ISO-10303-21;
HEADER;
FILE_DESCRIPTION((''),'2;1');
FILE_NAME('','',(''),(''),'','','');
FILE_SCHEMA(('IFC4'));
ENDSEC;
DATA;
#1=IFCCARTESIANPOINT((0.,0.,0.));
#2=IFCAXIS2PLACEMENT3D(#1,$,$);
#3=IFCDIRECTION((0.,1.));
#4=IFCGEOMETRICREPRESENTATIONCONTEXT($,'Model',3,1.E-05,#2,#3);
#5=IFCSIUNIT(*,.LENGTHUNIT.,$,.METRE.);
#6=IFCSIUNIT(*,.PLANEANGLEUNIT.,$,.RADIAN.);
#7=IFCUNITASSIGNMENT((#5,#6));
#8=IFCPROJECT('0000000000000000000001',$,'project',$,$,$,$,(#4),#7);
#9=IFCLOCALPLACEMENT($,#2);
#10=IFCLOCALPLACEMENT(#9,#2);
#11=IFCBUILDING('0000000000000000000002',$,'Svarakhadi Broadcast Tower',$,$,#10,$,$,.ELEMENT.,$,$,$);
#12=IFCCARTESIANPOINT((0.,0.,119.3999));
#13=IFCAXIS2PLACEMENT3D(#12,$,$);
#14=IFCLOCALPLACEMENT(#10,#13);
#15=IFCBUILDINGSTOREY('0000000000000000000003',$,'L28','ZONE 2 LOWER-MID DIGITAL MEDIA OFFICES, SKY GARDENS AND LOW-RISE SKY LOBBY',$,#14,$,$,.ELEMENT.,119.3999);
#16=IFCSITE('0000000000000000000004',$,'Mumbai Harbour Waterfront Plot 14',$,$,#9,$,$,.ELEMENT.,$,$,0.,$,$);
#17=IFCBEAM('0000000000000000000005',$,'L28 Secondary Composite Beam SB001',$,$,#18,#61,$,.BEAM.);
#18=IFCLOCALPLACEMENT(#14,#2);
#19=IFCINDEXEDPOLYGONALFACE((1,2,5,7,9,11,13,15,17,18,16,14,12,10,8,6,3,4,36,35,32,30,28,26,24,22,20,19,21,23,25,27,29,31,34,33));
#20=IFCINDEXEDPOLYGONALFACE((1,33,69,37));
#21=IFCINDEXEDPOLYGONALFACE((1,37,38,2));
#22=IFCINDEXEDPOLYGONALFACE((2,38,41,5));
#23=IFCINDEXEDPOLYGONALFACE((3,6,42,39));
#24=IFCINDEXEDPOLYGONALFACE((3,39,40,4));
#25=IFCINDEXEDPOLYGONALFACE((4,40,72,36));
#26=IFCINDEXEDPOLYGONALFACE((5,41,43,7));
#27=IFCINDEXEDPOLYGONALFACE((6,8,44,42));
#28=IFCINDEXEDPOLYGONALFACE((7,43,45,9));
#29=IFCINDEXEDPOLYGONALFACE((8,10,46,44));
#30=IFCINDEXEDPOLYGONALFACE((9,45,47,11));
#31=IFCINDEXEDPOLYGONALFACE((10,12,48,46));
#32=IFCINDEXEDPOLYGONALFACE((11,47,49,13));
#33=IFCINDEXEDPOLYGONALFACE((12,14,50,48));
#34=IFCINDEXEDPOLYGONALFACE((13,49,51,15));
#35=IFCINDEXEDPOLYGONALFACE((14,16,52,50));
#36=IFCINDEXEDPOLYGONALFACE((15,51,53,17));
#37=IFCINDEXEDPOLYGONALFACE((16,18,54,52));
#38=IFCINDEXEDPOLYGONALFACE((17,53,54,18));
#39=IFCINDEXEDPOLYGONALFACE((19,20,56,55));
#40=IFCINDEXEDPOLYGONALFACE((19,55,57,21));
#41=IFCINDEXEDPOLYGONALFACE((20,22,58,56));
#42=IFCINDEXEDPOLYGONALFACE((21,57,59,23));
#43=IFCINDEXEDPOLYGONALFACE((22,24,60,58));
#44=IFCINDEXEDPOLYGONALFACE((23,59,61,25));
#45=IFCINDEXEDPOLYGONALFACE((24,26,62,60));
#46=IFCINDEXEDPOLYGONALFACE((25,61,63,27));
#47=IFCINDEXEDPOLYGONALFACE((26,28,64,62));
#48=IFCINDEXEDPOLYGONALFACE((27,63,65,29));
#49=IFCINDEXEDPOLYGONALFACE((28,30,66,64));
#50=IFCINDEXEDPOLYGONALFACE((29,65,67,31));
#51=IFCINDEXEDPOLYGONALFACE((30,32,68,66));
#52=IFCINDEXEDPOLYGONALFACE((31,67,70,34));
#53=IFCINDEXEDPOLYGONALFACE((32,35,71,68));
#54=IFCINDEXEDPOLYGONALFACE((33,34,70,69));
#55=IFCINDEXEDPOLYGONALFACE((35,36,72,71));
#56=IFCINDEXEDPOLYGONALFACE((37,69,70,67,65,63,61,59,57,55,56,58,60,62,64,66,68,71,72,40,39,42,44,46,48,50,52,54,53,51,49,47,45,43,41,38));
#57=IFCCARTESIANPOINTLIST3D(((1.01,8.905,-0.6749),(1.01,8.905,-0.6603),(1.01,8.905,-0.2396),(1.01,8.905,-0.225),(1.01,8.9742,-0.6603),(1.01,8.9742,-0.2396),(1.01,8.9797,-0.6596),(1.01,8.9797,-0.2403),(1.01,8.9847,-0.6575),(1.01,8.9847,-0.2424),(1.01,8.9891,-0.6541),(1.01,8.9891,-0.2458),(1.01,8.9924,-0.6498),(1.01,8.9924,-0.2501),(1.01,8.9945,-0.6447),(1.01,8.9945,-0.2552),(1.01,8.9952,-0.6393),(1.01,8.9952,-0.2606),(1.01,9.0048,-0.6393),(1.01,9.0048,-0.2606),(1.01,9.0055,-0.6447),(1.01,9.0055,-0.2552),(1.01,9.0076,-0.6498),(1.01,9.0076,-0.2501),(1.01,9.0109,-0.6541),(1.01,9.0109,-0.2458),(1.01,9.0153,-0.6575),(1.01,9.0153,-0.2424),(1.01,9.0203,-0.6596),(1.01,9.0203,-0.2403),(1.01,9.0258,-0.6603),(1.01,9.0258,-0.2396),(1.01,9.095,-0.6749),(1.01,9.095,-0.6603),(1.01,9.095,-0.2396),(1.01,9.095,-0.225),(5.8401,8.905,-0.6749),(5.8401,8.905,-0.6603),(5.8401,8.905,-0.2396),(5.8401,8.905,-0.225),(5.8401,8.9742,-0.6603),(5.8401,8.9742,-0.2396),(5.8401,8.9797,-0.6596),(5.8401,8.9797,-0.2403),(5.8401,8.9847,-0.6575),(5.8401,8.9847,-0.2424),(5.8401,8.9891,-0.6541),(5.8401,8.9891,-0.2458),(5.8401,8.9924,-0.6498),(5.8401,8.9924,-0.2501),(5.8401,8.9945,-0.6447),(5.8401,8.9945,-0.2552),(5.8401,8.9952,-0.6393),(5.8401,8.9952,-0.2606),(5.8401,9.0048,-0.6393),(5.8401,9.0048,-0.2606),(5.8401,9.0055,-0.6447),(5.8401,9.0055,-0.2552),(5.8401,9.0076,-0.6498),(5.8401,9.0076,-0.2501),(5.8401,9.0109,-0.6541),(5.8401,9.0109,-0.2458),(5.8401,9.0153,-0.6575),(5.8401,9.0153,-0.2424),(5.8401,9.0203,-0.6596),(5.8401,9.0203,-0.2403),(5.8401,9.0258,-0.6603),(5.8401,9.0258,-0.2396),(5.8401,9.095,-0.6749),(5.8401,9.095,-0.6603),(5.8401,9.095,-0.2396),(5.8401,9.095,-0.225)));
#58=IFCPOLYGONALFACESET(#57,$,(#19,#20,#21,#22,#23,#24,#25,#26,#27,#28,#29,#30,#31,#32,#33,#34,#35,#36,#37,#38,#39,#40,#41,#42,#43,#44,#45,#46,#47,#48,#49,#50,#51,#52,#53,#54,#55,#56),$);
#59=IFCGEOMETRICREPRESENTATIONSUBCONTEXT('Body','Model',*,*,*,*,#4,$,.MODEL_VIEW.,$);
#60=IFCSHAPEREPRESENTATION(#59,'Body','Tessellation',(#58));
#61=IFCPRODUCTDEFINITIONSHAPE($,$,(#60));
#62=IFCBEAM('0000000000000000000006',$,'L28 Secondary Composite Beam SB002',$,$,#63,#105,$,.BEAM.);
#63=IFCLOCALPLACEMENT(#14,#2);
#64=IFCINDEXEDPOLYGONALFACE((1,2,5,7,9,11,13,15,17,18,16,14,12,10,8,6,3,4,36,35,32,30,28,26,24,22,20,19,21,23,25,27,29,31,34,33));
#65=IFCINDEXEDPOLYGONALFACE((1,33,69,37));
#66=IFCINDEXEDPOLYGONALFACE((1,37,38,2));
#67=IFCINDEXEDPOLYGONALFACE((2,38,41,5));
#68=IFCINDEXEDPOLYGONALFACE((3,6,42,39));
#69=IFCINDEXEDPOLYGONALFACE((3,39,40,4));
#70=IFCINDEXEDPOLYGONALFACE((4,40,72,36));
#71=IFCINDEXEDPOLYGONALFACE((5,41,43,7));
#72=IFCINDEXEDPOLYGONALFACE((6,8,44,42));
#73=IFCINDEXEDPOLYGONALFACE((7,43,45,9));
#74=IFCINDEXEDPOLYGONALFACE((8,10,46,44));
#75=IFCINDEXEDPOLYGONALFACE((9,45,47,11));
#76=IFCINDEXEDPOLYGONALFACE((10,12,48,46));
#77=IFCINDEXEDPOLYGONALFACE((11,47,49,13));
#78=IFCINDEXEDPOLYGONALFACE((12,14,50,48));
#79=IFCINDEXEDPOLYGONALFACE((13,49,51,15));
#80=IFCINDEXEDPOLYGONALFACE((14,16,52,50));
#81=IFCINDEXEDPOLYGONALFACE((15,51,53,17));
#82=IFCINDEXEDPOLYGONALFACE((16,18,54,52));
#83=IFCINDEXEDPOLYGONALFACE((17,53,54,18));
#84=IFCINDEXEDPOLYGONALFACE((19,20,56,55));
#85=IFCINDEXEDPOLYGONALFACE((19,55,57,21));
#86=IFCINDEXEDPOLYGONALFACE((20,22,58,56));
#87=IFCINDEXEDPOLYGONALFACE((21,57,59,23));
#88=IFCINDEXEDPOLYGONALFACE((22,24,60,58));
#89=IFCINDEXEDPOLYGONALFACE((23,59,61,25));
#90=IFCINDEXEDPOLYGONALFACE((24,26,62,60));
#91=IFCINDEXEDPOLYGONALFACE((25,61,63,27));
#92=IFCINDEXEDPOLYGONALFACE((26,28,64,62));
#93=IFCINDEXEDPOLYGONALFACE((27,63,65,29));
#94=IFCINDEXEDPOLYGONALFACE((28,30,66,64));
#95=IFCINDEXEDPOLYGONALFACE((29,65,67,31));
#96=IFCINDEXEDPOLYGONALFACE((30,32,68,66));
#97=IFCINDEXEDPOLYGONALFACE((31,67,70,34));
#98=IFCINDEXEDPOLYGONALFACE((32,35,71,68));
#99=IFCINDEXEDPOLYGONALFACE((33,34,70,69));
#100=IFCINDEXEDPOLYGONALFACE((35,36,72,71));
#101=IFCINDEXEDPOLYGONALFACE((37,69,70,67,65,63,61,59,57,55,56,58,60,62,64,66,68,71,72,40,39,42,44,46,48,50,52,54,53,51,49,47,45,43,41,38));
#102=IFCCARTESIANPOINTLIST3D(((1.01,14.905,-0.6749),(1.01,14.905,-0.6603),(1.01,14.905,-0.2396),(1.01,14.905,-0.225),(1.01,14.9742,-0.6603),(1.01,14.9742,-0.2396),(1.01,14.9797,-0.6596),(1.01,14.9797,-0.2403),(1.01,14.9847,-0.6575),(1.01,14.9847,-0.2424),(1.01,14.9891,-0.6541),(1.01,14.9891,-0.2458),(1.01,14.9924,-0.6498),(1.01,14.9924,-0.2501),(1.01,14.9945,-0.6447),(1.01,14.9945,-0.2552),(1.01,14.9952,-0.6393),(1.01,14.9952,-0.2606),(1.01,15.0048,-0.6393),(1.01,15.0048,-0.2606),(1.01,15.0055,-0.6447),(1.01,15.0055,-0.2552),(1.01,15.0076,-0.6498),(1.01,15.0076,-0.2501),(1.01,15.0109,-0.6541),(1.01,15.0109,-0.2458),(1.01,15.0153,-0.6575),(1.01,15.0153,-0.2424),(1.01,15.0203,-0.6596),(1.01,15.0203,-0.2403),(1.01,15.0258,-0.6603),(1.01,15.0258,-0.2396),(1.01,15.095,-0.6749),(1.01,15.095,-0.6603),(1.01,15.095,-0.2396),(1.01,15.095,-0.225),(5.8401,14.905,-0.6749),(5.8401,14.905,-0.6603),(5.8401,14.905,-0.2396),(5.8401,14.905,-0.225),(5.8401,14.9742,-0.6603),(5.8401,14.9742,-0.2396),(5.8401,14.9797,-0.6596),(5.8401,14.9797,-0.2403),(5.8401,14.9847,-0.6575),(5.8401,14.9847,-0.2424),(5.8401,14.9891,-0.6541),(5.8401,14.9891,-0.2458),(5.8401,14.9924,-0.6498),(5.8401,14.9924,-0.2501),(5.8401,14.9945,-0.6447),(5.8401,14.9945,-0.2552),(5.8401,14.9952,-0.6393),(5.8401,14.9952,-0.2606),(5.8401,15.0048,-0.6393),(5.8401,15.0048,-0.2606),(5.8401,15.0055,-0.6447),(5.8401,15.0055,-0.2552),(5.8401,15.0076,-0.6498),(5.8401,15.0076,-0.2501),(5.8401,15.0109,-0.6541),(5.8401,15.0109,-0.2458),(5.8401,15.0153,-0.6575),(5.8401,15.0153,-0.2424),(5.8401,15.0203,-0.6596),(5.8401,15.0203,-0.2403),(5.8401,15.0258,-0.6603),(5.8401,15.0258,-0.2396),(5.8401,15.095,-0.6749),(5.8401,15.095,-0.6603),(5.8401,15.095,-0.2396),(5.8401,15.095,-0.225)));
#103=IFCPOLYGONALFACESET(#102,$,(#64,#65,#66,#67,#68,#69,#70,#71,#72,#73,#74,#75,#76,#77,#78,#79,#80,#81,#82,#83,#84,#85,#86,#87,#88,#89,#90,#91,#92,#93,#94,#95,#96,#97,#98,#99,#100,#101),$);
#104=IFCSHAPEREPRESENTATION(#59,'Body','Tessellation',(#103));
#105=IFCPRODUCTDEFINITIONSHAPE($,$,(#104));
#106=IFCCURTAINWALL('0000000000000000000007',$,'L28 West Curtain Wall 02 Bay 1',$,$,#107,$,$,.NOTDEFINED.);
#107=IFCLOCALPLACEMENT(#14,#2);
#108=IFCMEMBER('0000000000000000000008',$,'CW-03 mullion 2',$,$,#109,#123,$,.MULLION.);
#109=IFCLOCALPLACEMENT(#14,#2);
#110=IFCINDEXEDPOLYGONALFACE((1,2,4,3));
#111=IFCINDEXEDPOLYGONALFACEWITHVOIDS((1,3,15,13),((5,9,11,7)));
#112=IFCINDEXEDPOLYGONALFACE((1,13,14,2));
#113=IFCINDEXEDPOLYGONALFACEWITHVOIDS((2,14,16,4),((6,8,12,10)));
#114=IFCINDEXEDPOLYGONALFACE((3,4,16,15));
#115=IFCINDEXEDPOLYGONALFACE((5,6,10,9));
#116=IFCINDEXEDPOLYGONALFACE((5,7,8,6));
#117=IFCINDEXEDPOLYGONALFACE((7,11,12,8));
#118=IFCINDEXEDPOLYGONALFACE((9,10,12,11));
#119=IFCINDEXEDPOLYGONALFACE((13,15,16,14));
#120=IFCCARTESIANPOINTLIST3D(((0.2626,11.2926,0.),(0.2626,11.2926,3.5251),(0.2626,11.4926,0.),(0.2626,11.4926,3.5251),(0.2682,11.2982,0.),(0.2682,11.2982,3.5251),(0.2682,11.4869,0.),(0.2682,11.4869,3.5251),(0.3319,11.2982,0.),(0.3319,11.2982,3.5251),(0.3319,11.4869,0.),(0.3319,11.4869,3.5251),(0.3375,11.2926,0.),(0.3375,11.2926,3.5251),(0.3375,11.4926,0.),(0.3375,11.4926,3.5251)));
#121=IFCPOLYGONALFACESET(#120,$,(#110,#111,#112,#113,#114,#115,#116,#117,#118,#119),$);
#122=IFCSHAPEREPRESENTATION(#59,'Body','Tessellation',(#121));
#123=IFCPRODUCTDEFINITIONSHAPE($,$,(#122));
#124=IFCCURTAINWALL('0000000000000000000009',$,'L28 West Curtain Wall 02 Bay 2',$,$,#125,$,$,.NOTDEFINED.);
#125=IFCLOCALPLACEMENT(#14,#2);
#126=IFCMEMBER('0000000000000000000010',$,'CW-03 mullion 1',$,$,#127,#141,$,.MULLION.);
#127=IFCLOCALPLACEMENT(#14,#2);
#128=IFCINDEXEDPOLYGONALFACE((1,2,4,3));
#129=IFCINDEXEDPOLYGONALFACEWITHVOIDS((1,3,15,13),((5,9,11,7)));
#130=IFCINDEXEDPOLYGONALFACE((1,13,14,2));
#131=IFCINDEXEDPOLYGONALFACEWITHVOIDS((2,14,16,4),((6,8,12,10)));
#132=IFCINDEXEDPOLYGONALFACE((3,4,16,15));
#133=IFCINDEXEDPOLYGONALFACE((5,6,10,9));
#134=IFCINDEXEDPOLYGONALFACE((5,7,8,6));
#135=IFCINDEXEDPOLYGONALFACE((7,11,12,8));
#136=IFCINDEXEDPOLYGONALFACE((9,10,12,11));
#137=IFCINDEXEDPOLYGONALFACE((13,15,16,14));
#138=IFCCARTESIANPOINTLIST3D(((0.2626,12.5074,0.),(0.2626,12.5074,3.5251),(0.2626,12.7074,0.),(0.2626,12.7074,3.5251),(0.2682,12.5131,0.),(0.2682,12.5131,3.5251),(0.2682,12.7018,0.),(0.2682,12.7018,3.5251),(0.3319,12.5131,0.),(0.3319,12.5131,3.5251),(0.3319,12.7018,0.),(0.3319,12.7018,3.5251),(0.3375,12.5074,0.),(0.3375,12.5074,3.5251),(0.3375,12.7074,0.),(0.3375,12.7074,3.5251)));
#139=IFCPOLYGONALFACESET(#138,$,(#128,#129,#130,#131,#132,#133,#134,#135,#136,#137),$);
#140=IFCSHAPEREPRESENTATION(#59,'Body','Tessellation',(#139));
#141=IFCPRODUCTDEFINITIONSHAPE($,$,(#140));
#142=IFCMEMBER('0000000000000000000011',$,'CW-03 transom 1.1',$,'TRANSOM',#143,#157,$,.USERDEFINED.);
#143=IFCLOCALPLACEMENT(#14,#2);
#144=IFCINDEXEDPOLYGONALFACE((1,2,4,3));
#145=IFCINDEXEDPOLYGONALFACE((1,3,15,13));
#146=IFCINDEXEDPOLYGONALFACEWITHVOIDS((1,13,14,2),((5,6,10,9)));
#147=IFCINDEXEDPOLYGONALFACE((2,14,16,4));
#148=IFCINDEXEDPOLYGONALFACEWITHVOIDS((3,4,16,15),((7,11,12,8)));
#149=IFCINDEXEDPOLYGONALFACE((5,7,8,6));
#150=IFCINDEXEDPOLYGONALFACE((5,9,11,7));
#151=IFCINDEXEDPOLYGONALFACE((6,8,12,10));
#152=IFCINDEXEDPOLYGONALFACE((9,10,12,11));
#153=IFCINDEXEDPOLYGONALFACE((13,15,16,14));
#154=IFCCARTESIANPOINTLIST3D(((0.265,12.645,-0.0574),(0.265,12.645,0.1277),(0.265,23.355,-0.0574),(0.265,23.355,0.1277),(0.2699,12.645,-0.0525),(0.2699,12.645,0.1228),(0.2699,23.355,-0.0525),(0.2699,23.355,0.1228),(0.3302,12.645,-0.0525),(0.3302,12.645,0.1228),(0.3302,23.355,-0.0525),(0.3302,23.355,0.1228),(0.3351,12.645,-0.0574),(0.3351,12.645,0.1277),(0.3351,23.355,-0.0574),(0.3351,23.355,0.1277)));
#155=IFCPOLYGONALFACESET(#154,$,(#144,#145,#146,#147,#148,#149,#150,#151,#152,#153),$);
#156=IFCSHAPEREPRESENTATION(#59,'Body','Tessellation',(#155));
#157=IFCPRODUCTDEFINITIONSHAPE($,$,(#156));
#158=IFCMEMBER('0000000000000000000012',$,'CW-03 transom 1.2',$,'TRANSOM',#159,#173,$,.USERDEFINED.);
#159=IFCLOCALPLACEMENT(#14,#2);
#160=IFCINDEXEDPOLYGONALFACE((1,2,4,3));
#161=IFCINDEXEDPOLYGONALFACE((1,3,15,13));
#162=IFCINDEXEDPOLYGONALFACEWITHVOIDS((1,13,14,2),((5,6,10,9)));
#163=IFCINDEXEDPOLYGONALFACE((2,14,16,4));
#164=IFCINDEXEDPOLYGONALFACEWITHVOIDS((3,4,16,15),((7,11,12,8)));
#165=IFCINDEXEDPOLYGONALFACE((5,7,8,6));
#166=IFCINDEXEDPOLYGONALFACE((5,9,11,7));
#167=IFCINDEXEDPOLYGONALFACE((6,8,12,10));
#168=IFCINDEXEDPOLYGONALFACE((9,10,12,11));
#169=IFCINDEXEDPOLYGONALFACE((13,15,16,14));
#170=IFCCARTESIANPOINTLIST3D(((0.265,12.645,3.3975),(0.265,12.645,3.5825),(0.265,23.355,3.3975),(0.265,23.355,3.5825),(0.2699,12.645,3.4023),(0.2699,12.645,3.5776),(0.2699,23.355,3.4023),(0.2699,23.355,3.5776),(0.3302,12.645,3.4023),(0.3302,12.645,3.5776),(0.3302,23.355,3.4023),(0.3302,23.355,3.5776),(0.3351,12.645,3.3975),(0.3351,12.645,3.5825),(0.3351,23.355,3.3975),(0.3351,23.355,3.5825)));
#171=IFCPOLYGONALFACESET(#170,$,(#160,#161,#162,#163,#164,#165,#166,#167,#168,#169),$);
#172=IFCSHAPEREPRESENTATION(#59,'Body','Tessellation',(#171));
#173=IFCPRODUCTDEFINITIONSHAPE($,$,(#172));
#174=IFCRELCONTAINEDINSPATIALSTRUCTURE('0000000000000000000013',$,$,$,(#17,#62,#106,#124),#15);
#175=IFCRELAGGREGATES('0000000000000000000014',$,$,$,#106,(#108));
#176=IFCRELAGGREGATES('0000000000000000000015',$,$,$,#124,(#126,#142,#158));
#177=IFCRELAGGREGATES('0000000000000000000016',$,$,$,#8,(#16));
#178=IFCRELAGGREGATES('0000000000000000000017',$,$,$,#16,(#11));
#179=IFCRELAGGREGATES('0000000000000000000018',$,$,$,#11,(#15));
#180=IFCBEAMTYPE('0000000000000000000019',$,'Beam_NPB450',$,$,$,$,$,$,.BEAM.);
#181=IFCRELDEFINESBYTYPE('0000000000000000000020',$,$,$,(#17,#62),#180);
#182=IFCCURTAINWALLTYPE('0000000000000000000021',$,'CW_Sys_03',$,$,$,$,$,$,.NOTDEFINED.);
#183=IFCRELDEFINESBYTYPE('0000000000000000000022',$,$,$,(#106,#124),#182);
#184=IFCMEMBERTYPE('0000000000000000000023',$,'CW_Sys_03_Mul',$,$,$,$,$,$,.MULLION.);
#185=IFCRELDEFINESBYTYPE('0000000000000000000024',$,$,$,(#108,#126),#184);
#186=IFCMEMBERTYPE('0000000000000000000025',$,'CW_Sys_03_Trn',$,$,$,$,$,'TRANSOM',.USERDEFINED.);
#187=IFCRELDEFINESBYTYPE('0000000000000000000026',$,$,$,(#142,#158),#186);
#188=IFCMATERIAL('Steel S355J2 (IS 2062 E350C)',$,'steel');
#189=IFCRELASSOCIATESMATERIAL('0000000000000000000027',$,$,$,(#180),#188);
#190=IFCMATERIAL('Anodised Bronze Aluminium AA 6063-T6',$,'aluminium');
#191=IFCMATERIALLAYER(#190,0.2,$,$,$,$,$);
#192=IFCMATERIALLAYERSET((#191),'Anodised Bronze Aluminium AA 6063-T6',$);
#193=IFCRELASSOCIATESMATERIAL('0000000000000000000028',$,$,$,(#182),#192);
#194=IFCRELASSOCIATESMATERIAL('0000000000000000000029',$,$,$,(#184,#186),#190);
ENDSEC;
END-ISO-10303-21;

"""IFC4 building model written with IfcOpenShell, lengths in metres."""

from ifc_helpers import new_model, si_unit, direction, frame, origin, origin_2d, place, context, subcontext, project, spatial, hollow_rectangle, i_section, extrude, material, layer, layer_set, material_profile, profile_set, type_object, element, aggregate, save


model = new_model("IFC4")

# Units and contexts
model_context = context("Model", 3, precision=1e-05, world=origin(), true_north=direction((0.0, 1.0)))
body_context = subcontext(model_context, "Body", "Model", "MODEL_VIEW")
ifc_project = project(units=[si_unit("LENGTHUNIT", "METRE"), si_unit("PLANEANGLEUNIT", "RADIAN")], contexts=[model_context])

# Site, building, storey
site_placement = place(None, origin())
site = spatial("IfcSite", under=ifc_project, at=site_placement, Name="Mumbai Harbour Waterfront Plot 14", CompositionType="ELEMENT", RefElevation=0.0)
building_placement = place(site_placement, origin())
building = spatial("IfcBuilding", under=site, at=building_placement, Name="Svarakhadi Broadcast Tower", CompositionType="ELEMENT")
storey_placement = place(building_placement, frame((0.0, 0.0, 119.3999)))
storey = spatial("IfcBuildingStorey", under=building, at=storey_placement, Name="L28", Description="ZONE 2 LOWER-MID DIGITAL MEDIA OFFICES, SKY GARDENS AND LOW-RISE SKY LOBBY", CompositionType="ELEMENT", Elevation=119.3999)

# Beams
ifc_material_1 = material(Name="Steel S355J2 (IS 2062 E350C)", Category="steel")
ifc_material_profile_1 = material_profile(ifc_material_1, i_section(OverallWidth=0.1899, OverallDepth=0.45, WebThickness=0.0095, FlangeThickness=0.0146, FilletRadius=0.021, at=origin_2d()), Name="NPB 450x190x78")
ifc_profile_set_1 = profile_set([ifc_material_profile_1], Name="Steel S355J2 (IS 2062 E350C)")
beam_type_1 = type_object("IfcBeamType", Name="Beam_NPB450", PredefinedType="BEAM", material=ifc_profile_set_1)
for number, where, z_axis, x_axis, name in (
    (1, (1.01, 9.0, -0.45), (1.0, 0.0, 0.0), (0.0, 1.0, 0.0), "L28 Secondary Composite Beam SB001"),
    (2, (1.01, 15.0, -0.45), (1.0, 0.0, 0.0), (0.0, 1.0, 0.0), "L28 Secondary Composite Beam SB002"),
):
    element("IfcBeam", number, at=place(storey_placement, frame(where, z_axis=z_axis, x_axis=x_axis)), inside=storey, type_object=beam_type_1, Name=name, PredefinedType="BEAM", context=body_context, shape_type="SweptSolid", body=[
        extrude(i_section(OverallWidth=0.1899, OverallDepth=0.45, WebThickness=0.0095, FlangeThickness=0.0146, FilletRadius=0.021, at=origin_2d()), origin(), (0.0, 0.0, 1.0), 4.8301),
    ])

# Curtain wall, member
ifc_material_2 = material(Name="Anodised Bronze Aluminium AA 6063-T6", Category="aluminium")
ifc_layer_1 = layer(ifc_material_2, 0.2)
ifc_layer_set_1 = layer_set([ifc_layer_1], Name="Anodised Bronze Aluminium AA 6063-T6")
curtain_wall_type = type_object("IfcCurtainWallType", Name="CW_Sys_03", PredefinedType="NOTDEFINED", material=ifc_layer_set_1)
curtain_wall_1_placement = place(storey_placement, origin())
curtain_wall_1 = element("IfcCurtainWall", 3, at=curtain_wall_1_placement, inside=storey, type_object=curtain_wall_type, Name="L28 West Curtain Wall 02 Bay 1", PredefinedType="NOTDEFINED")
ifc_material_profile_2 = material_profile(ifc_material_2, hollow_rectangle(XDim=0.075, YDim=0.2, WallThickness=0.0056, at=origin_2d()), Name="ALU MULLION 200x75x6")
ifc_profile_set_2 = profile_set([ifc_material_profile_2], Name="Anodised Bronze Aluminium AA 6063-T6")
member_type_1 = type_object("IfcMemberType", Name="CW_Sys_03_Mul", PredefinedType="MULLION", material=ifc_profile_set_2)
member_1_placement = place(storey_placement, frame((0.3, 11.3926, 0.0), z_axis=(0.0, 0.0, 1.0), x_axis=(-1.0, 0.0, 0.0)))
member_1 = element("IfcMember", 4, at=member_1_placement, type_object=member_type_1, Name="CW-03 mullion 2", PredefinedType="MULLION", context=body_context, shape_type="SweptSolid", body=[
    extrude(hollow_rectangle(XDim=0.075, YDim=0.2, WallThickness=0.0056, at=origin_2d()), origin(), (0.0, 0.0, 1.0), 3.5251),
])

# Curtain wall, members
curtain_wall_2_placement = place(storey_placement, origin())
curtain_wall_2 = element("IfcCurtainWall", 5, at=curtain_wall_2_placement, inside=storey, type_object=curtain_wall_type, Name="L28 West Curtain Wall 02 Bay 2", PredefinedType="NOTDEFINED")
member_2_placement = place(storey_placement, frame((0.3, 12.6074, 0.0), z_axis=(0.0, 0.0, 1.0), x_axis=(-1.0, 0.0, 0.0)))
member_2 = element("IfcMember", 6, at=member_2_placement, type_object=member_type_1, Name="CW-03 mullion 1", PredefinedType="MULLION", context=body_context, shape_type="SweptSolid", body=[
    extrude(hollow_rectangle(XDim=0.075, YDim=0.2, WallThickness=0.0056, at=origin_2d()), origin(), (0.0, 0.0, 1.0), 3.5251),
])
ifc_material_profile_3 = material_profile(ifc_material_2, hollow_rectangle(XDim=0.0701, YDim=0.1851, WallThickness=0.0049, at=origin_2d()), Name="ALU TRANSOM 185x70x5")
ifc_profile_set_3 = profile_set([ifc_material_profile_3], Name="Anodised Bronze Aluminium AA 6063-T6")
member_type_2 = type_object("IfcMemberType", Name="CW_Sys_03_Trn", ElementType="TRANSOM", PredefinedType="USERDEFINED", material=ifc_profile_set_3)
member_3_placement = place(storey_placement, frame((0.3, 12.645, 0.0352), z_axis=(0.0, 1.0, 0.0), x_axis=(-1.0, 0.0, 0.0)))
member_3 = element("IfcMember", 7, at=member_3_placement, type_object=member_type_2, Name="CW-03 transom 1.1", ObjectType="TRANSOM", PredefinedType="USERDEFINED", context=body_context, shape_type="SweptSolid", body=[
    extrude(hollow_rectangle(XDim=0.0701, YDim=0.1851, WallThickness=0.0049, at=origin_2d()), origin(), (0.0, 0.0, 1.0), 10.71),
])
member_4_placement = place(storey_placement, frame((0.3, 12.645, 3.49), z_axis=(0.0, 1.0, 0.0), x_axis=(-1.0, 0.0, 0.0)))
member_4 = element("IfcMember", 8, at=member_4_placement, type_object=member_type_2, Name="CW-03 transom 1.2", ObjectType="TRANSOM", PredefinedType="USERDEFINED", context=body_context, shape_type="SweptSolid", body=[
    extrude(hollow_rectangle(XDim=0.0701, YDim=0.1851, WallThickness=0.0049, at=origin_2d()), origin(), (0.0, 0.0, 1.0), 10.71),
])

aggregate(curtain_wall_1, [member_1])
aggregate(curtain_wall_2, [member_2, member_3, member_4])

save(model, "model.ifc")
